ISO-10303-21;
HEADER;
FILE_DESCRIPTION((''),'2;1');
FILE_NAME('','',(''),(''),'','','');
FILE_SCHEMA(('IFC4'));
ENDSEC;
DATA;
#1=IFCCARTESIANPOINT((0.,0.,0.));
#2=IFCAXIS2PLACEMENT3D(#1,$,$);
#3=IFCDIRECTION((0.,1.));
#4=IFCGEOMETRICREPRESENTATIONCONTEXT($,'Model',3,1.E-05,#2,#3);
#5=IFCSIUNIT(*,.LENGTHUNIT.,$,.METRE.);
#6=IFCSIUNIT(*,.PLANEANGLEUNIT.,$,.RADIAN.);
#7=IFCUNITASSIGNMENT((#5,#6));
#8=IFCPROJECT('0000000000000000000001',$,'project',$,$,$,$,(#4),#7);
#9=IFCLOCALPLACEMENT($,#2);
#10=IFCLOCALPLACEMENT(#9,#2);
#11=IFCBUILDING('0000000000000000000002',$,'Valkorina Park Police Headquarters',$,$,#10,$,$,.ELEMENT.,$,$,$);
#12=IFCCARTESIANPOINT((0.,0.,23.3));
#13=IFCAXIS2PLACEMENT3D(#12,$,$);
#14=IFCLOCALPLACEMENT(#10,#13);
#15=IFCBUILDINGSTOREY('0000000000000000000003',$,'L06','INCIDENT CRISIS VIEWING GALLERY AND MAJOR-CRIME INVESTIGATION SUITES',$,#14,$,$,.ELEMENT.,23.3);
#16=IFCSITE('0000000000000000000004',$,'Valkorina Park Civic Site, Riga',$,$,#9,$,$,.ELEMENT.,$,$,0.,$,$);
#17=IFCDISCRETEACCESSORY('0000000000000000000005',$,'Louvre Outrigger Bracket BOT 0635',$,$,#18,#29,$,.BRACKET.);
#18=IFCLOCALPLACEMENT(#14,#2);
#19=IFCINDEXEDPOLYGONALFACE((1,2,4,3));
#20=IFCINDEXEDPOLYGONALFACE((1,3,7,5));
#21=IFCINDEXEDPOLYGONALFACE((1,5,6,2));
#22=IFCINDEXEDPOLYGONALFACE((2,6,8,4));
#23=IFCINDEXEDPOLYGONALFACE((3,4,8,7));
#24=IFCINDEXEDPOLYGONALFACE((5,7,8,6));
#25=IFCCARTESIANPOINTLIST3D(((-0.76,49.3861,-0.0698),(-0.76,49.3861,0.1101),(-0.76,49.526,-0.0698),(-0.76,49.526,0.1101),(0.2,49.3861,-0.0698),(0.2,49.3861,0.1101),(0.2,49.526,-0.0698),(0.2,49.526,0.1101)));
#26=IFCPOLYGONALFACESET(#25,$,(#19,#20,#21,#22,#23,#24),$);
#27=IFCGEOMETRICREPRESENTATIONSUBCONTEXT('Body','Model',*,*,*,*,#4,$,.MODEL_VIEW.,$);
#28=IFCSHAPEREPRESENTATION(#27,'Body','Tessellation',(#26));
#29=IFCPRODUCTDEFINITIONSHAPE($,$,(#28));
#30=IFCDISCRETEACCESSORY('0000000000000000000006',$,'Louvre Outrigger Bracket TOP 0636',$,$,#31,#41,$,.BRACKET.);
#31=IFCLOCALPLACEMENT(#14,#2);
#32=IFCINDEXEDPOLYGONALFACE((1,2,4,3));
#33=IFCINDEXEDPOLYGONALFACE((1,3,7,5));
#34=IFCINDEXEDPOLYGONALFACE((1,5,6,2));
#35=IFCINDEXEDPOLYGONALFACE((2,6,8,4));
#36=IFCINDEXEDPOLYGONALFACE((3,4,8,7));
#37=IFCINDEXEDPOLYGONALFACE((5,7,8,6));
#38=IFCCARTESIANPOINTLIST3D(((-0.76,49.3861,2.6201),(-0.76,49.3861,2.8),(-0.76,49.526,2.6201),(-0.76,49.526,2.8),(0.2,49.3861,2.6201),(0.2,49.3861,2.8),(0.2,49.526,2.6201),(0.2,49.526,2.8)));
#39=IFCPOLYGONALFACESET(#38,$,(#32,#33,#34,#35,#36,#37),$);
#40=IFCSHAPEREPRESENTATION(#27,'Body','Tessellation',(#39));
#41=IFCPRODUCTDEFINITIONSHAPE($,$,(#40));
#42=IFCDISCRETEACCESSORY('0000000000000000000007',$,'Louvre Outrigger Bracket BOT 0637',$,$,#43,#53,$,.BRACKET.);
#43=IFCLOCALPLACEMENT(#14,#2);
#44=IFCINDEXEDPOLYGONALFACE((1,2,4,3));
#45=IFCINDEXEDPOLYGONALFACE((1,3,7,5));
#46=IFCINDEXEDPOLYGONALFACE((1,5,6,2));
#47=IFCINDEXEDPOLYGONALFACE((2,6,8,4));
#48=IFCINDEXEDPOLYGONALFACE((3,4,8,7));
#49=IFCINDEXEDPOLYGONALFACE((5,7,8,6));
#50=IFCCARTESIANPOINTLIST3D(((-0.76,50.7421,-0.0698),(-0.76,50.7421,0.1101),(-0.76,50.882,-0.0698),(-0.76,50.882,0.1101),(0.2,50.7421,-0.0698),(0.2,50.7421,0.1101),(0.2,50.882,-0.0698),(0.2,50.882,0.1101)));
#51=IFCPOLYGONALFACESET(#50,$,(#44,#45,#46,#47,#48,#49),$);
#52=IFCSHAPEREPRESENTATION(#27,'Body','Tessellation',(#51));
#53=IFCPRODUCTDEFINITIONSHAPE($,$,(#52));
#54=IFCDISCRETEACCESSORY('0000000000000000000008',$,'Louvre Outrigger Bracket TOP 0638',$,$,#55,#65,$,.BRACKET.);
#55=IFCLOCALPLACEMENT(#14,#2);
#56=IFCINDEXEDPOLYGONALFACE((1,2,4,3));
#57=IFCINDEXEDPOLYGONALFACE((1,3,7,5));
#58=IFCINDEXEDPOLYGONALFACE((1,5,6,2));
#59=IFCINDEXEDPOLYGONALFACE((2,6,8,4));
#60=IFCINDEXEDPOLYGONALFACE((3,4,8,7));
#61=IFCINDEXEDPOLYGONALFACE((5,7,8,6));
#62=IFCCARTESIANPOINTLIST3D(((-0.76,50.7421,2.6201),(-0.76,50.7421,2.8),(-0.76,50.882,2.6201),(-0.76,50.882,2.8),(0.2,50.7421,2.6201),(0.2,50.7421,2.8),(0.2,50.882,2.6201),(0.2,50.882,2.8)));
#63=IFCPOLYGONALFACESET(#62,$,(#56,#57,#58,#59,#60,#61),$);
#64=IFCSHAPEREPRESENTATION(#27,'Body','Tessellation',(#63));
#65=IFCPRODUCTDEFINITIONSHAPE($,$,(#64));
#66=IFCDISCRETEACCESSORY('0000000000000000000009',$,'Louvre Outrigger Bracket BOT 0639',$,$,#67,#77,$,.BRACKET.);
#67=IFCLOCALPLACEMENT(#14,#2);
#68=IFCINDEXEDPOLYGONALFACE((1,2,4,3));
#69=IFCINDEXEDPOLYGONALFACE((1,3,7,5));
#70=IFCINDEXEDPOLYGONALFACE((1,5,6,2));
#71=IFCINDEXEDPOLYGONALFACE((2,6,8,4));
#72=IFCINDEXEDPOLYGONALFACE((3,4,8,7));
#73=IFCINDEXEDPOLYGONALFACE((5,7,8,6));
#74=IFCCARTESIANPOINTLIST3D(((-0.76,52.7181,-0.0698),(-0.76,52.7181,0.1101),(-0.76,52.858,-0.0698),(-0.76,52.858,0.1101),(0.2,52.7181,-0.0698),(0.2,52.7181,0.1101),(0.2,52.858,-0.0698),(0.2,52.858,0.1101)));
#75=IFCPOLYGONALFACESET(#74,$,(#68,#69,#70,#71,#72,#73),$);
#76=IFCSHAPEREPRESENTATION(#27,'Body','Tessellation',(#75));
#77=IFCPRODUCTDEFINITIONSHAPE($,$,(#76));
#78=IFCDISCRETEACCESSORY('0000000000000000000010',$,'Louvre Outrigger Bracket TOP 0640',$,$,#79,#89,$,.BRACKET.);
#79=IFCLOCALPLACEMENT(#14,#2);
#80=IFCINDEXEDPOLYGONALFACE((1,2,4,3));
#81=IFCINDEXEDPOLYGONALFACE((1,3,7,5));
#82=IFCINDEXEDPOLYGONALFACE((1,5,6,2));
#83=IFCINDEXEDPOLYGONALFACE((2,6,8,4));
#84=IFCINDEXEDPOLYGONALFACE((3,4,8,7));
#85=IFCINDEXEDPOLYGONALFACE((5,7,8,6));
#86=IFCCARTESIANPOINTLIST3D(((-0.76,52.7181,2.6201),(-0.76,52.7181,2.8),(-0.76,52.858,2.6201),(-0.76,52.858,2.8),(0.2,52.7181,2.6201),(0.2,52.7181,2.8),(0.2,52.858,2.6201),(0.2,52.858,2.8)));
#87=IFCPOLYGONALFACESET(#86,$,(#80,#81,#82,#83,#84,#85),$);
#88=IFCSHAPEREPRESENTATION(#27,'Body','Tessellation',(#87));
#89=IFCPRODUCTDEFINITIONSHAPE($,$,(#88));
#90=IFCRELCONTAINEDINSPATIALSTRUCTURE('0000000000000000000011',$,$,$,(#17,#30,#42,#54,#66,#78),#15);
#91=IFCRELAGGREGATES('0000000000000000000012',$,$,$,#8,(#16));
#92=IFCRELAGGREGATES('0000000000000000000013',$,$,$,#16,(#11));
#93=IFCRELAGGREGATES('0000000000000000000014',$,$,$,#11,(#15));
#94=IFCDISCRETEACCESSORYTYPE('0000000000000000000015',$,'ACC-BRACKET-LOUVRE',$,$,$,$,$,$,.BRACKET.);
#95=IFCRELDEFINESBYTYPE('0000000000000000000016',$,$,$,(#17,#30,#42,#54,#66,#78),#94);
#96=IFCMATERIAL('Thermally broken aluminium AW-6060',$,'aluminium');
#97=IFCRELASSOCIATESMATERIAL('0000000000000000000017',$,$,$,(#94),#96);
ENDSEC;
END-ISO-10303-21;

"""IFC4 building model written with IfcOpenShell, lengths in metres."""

from ifc_helpers import new_model, si_unit, direction, frame, origin, origin_2d, place, context, subcontext, project, spatial, rectangle, extrude, material, type_object, element, save


model = new_model("IFC4")

# Units and contexts
model_context = context("Model", 3, precision=1e-05, world=origin(), true_north=direction((0.0, 1.0)))
body_context = subcontext(model_context, "Body", "Model", "MODEL_VIEW")
ifc_project = project(units=[si_unit("LENGTHUNIT", "METRE"), si_unit("PLANEANGLEUNIT", "RADIAN")], contexts=[model_context])

# Site, building, storey
site_placement = place(None, origin())
site = spatial("IfcSite", under=ifc_project, at=site_placement, Name="Valkorina Park Civic Site, Riga", CompositionType="ELEMENT", RefElevation=0.0)
building_placement = place(site_placement, origin())
building = spatial("IfcBuilding", under=site, at=building_placement, Name="Valkorina Park Police Headquarters", CompositionType="ELEMENT")
storey_placement = place(building_placement, frame((0.0, 0.0, 23.3)))
storey = spatial("IfcBuildingStorey", under=building, at=storey_placement, Name="L06", Description="INCIDENT CRISIS VIEWING GALLERY AND MAJOR-CRIME INVESTIGATION SUITES", CompositionType="ELEMENT", Elevation=23.3)

# Shared definitions
ifc_material_1 = material(Name="Thermally broken aluminium AW-6060", Category="aluminium")

# Discrete accessories
discrete_accessory_type = type_object("IfcDiscreteAccessoryType", Name="ACC-BRACKET-LOUVRE", PredefinedType="BRACKET", material=ifc_material_1)
for number, where, z_axis, x_axis, name in (
    (1, (-0.28, 49.4561, -0.0698), (0.0, 0.0, 1.0), (-1.0, 0.0, 0.0), "Louvre Outrigger Bracket BOT 0635"),
    (2, (-0.28, 49.4561, 2.6201), (0.0, 0.0, 1.0), (-1.0, 0.0, 0.0), "Louvre Outrigger Bracket TOP 0636"),
    (3, (-0.28, 50.812, -0.0698), (0.0, 0.0, 1.0), (-1.0, 0.0, 0.0), "Louvre Outrigger Bracket BOT 0637"),
    (4, (-0.28, 50.812, 2.6201), (0.0, 0.0, 1.0), (-1.0, 0.0, 0.0), "Louvre Outrigger Bracket TOP 0638"),
    (5, (-0.28, 52.7881, -0.0698), (0.0, 0.0, 1.0), (-1.0, 0.0, 0.0), "Louvre Outrigger Bracket BOT 0639"),
    (6, (-0.28, 52.7881, 2.6201), (0.0, 0.0, 1.0), (-1.0, 0.0, 0.0), "Louvre Outrigger Bracket TOP 0640"),
):
    element("IfcDiscreteAccessory", number, at=place(storey_placement, frame(where, z_axis=z_axis, x_axis=x_axis)), inside=storey, type_object=discrete_accessory_type, Name=name, PredefinedType="BRACKET", context=body_context, shape_type="SweptSolid", body=[
        extrude(rectangle(XDim=0.96, YDim=0.1399, at=origin_2d()), origin(), (0.0, 0.0, 1.0), 0.1799),
    ])

save(model, "model.ifc")
